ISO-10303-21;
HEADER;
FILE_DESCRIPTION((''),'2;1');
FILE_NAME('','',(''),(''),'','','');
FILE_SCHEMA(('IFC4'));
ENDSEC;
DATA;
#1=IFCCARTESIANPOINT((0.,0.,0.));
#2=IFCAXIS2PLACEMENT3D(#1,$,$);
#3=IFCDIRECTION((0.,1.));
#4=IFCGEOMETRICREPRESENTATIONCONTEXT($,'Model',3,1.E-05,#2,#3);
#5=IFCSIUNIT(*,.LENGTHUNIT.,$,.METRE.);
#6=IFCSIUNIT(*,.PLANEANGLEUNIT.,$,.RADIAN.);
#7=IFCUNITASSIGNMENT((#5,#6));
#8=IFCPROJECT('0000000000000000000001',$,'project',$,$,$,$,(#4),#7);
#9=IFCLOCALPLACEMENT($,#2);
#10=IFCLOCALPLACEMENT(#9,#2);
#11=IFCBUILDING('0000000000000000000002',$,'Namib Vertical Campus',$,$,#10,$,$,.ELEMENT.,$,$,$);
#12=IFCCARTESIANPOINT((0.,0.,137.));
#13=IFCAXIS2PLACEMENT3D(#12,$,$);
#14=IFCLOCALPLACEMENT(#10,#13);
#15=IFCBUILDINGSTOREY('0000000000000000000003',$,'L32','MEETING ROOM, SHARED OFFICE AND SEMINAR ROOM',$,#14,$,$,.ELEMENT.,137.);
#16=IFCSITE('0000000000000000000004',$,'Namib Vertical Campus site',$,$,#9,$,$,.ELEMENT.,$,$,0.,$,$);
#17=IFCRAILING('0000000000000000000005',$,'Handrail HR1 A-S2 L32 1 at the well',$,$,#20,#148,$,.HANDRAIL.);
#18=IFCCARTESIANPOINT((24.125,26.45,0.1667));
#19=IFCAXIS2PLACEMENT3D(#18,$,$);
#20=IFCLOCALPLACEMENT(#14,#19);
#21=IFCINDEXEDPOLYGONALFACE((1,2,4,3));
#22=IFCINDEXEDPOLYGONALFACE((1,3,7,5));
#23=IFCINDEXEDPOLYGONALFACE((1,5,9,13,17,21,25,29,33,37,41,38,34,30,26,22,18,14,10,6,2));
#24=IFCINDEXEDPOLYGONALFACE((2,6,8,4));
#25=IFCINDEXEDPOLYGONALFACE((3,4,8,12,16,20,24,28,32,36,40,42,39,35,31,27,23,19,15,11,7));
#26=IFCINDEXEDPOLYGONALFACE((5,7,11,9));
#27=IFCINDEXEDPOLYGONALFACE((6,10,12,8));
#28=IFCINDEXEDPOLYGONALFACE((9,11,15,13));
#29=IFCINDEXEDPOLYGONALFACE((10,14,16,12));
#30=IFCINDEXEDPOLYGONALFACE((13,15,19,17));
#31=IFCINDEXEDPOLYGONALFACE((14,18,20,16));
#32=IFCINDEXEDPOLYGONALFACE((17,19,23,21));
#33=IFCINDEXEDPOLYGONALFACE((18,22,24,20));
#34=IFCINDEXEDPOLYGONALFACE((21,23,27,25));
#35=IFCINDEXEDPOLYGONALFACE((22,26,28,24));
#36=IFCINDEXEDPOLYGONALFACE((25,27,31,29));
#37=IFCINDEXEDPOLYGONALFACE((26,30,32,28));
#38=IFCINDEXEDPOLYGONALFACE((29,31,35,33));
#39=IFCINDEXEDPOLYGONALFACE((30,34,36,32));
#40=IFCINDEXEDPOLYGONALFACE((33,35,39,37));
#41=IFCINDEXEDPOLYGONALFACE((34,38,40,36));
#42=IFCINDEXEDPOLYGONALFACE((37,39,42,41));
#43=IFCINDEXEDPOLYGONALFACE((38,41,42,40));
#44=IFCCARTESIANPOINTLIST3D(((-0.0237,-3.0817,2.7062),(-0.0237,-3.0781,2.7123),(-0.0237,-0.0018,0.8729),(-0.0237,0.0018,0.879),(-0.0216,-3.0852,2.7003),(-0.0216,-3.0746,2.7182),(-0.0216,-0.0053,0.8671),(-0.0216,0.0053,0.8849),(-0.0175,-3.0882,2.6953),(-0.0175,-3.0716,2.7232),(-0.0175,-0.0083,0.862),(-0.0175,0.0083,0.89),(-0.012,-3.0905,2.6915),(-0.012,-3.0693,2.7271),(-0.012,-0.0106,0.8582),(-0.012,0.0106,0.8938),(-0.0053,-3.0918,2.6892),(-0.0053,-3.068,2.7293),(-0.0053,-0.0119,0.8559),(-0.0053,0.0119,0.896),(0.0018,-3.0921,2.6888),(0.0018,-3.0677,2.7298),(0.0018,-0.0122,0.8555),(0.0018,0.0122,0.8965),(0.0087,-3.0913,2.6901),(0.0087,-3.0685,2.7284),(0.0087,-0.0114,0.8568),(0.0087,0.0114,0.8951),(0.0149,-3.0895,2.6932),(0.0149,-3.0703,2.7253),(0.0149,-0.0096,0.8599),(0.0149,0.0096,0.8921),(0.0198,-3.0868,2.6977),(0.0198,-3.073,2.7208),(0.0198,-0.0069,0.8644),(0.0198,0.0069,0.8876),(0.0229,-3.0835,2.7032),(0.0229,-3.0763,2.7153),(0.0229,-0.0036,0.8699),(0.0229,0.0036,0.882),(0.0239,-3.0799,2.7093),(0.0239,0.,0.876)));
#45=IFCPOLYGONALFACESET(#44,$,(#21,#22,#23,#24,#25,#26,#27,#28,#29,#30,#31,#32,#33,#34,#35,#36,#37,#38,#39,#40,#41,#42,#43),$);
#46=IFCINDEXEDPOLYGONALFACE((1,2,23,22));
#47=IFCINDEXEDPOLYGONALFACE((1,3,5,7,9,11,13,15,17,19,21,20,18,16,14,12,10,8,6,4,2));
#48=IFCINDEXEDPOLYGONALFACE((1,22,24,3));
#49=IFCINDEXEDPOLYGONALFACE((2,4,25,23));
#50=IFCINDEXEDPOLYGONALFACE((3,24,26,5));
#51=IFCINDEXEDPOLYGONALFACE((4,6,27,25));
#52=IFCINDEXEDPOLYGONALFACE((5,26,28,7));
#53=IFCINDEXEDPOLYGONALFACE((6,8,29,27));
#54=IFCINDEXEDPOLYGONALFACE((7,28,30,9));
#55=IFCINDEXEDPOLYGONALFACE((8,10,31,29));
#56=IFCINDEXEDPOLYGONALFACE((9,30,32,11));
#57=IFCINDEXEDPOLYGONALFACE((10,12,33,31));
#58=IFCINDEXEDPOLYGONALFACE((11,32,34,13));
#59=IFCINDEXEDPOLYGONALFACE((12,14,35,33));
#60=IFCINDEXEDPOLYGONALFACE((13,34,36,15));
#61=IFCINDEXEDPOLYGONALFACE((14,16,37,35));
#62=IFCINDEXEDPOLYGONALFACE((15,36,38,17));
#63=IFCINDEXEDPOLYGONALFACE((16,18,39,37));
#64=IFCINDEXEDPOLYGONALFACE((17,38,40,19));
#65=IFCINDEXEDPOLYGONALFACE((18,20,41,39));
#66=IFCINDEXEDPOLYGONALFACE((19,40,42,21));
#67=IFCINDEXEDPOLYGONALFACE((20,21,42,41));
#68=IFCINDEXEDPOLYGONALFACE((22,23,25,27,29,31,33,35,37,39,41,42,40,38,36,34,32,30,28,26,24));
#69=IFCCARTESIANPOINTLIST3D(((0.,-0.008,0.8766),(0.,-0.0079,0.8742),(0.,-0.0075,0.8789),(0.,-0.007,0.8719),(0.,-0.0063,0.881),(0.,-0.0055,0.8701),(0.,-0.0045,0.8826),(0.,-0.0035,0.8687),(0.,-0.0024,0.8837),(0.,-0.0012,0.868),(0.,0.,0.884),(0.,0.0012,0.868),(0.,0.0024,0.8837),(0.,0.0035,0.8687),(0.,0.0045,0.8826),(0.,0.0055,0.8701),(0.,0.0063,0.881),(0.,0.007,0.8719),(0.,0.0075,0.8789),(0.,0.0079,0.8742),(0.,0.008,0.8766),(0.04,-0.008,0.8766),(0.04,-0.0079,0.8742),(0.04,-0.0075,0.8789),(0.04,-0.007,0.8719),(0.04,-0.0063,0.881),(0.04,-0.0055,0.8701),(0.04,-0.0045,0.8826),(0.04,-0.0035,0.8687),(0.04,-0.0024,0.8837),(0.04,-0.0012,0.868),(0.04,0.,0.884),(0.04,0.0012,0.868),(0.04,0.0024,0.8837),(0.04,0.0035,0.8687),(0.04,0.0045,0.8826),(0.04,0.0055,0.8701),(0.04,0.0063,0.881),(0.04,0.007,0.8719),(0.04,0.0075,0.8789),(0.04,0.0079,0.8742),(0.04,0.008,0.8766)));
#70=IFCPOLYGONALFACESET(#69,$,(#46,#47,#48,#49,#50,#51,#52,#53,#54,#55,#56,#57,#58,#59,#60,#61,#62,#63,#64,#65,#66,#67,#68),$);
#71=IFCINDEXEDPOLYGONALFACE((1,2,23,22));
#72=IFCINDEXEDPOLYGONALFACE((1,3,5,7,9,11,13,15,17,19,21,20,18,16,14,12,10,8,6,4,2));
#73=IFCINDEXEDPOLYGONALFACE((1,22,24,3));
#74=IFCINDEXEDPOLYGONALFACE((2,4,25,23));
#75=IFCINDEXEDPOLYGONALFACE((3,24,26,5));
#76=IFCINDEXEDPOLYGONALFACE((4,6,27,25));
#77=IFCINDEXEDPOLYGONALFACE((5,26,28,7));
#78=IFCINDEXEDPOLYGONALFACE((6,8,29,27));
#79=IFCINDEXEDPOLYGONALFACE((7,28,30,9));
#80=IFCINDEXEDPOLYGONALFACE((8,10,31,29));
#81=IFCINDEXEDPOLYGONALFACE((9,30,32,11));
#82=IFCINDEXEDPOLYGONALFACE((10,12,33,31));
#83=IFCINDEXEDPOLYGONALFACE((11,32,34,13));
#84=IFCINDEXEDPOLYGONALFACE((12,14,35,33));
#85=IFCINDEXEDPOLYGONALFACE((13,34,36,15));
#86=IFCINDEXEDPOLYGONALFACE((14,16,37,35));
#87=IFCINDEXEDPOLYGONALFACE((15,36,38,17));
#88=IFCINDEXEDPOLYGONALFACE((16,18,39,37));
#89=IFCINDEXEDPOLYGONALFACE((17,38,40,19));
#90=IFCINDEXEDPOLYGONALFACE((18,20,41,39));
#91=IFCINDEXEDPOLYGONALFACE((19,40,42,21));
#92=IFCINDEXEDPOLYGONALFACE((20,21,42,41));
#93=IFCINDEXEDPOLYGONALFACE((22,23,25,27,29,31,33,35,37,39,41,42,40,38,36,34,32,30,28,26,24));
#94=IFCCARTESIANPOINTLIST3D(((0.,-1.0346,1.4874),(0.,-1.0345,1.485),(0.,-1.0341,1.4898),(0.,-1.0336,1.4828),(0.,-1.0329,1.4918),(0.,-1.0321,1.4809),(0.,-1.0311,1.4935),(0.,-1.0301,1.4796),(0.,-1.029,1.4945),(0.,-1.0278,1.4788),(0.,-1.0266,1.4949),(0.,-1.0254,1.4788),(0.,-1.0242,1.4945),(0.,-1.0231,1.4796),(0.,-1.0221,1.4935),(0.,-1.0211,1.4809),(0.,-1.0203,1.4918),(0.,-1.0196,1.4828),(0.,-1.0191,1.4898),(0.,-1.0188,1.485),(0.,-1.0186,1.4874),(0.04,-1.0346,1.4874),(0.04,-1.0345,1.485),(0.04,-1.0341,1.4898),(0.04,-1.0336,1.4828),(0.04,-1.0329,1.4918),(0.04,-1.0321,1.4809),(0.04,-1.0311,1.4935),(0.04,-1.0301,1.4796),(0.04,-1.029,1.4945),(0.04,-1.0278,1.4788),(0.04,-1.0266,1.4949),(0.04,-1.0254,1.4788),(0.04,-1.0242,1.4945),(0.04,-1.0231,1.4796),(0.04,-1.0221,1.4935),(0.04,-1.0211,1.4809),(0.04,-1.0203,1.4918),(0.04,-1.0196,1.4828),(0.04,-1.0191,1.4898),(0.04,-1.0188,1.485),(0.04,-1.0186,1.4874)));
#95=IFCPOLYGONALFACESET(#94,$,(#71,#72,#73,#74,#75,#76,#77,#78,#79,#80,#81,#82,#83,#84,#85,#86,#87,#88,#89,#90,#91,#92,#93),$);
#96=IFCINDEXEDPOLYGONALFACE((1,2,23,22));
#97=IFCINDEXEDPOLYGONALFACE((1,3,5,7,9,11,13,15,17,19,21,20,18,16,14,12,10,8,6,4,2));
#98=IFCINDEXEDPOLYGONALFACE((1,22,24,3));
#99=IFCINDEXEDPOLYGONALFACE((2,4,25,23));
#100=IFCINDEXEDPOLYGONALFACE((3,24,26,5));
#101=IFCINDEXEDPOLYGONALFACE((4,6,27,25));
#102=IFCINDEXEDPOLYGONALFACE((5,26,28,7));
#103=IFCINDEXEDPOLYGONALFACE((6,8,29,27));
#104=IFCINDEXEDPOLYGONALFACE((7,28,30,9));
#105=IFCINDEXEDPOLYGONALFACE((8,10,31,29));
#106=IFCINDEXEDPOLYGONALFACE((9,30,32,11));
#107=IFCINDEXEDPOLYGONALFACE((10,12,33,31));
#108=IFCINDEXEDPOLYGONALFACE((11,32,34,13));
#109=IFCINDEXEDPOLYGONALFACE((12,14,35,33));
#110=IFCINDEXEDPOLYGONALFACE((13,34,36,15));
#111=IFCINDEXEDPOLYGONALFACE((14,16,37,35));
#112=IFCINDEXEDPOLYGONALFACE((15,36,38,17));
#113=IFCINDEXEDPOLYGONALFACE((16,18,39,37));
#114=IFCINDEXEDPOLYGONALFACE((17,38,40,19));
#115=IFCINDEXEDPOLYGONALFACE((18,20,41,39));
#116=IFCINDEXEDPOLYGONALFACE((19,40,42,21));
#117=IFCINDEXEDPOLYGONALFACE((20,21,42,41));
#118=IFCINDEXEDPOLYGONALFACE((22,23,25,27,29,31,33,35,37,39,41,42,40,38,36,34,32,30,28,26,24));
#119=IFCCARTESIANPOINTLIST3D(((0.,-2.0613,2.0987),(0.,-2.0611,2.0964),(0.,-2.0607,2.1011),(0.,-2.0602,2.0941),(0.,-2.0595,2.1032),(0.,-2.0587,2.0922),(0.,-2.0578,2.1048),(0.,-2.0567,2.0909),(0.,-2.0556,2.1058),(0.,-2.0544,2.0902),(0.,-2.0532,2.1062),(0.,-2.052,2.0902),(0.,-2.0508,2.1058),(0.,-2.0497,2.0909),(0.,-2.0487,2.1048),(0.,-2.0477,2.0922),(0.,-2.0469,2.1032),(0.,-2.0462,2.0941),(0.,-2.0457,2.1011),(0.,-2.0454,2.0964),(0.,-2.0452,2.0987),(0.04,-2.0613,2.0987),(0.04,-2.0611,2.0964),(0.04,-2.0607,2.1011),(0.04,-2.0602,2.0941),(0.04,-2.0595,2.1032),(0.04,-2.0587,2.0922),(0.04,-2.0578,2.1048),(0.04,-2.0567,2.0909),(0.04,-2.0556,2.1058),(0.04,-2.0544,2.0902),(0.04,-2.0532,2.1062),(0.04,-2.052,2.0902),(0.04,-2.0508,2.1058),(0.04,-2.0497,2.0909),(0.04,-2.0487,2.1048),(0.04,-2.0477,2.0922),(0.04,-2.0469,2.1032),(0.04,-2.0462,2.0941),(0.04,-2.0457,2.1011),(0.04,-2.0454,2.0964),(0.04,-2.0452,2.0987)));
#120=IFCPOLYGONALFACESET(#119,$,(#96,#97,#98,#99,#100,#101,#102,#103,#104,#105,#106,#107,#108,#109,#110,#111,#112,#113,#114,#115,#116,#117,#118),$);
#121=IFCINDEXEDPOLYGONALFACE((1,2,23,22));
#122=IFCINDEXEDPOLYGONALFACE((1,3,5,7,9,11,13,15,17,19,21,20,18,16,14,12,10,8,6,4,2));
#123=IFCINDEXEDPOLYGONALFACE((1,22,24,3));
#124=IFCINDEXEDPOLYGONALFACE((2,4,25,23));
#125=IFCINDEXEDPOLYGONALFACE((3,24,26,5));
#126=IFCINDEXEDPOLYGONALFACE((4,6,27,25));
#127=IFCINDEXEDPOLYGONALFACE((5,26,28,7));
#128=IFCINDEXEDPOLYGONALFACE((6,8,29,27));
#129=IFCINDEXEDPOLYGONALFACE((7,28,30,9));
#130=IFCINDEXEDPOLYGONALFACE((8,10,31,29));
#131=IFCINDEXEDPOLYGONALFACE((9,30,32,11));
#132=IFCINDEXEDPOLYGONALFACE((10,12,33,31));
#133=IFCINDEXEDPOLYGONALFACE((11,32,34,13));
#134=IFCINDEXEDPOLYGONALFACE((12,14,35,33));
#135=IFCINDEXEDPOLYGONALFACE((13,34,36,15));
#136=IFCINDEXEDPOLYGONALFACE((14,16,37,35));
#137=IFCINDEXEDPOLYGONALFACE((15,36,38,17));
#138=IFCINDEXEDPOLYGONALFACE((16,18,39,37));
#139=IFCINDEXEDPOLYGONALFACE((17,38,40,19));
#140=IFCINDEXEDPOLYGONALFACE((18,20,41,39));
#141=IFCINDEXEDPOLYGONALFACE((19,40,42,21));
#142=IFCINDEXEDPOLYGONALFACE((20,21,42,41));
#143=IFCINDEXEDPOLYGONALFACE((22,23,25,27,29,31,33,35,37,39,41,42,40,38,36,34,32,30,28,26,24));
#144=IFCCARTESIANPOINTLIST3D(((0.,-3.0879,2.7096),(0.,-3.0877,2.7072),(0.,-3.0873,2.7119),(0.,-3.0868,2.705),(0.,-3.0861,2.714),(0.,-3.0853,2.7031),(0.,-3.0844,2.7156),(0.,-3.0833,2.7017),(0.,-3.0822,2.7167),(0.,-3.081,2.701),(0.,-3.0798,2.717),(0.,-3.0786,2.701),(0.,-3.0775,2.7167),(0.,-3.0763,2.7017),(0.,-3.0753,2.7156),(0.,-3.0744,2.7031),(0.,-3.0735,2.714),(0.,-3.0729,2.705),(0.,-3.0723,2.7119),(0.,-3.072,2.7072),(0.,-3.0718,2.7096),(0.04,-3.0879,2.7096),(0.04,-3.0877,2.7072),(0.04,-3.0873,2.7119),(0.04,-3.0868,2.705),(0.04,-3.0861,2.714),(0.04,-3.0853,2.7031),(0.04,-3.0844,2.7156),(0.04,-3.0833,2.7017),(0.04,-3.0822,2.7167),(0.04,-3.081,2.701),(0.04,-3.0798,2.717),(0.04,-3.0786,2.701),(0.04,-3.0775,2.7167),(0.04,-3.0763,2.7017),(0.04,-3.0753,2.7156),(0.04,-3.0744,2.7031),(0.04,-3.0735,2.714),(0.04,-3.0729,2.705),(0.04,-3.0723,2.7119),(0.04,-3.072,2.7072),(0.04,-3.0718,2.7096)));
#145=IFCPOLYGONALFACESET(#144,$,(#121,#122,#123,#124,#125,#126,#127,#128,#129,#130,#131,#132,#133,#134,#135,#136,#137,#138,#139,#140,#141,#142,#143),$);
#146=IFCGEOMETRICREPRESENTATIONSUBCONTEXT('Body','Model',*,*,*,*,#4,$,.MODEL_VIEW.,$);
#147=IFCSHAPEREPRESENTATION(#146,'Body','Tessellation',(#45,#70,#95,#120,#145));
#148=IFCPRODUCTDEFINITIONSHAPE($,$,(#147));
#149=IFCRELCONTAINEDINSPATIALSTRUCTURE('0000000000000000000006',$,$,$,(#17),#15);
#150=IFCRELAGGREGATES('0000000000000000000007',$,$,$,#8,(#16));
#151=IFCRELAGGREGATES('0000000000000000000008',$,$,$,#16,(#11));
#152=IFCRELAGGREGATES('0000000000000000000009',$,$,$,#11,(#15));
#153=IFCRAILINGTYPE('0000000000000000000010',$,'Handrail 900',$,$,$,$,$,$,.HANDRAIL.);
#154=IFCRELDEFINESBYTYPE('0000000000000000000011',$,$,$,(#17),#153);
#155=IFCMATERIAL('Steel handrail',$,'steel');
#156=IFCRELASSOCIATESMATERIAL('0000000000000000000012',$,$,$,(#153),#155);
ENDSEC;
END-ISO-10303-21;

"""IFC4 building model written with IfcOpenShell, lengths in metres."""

from ifc_helpers import new_model, si_unit, direction, frame, origin, origin_2d, place, context, subcontext, project, spatial, circle, extrude, material, type_object, element, save


model = new_model("IFC4")

# Units and contexts
model_context = context("Model", 3, precision=1e-05, world=origin(), true_north=direction((0.0, 1.0)))
body_context = subcontext(model_context, "Body", "Model", "MODEL_VIEW")
ifc_project = project(units=[si_unit("LENGTHUNIT", "METRE"), si_unit("PLANEANGLEUNIT", "RADIAN")], contexts=[model_context])

# Site, building, storey
site_placement = place(None, origin())
site = spatial("IfcSite", under=ifc_project, at=site_placement, Name="Namib Vertical Campus site", CompositionType="ELEMENT", RefElevation=0.0)
building_placement = place(site_placement, origin())
building = spatial("IfcBuilding", under=site, at=building_placement, Name="Namib Vertical Campus", CompositionType="ELEMENT")
storey_placement = place(building_placement, frame((0.0, 0.0, 137.0)))
storey = spatial("IfcBuildingStorey", under=building, at=storey_placement, Name="L32", Description="MEETING ROOM, SHARED OFFICE AND SEMINAR ROOM", CompositionType="ELEMENT", Elevation=137.0)

# Railing
ifc_material_1 = material(Name="Steel handrail", Category="steel")
railing_type_1 = type_object("IfcRailingType", Name="Handrail 900", PredefinedType="HANDRAIL", material=ifc_material_1)
railing_1_placement = place(storey_placement, frame((24.125, 26.45, 0.1667)))
element("IfcRailing", 1, at=railing_1_placement, inside=storey, type_object=railing_type_1, Name="Handrail HR1 A-S2 L32 1 at the well", PredefinedType="HANDRAIL", context=body_context, shape_type="SweptSolid", body=[
    extrude(circle(Radius=0.0239, at=origin_2d()), frame((0.0, 0.0, 0.876), z_axis=(0.0, -0.859291, 0.511487), x_axis=(1.0, 0.0, 0.0)), (0.0, 0.0, 1.0), 3.5842),
    extrude(circle(Radius=0.0081, at=origin_2d()), frame((0.0, 0.0, 0.876), z_axis=(1.0, 0.0, 0.0), x_axis=(0.0, 0.0, 1.0)), (0.0, 0.0, 1.0), 0.04),
    extrude(circle(Radius=0.0081, at=origin_2d()), frame((0.0, -1.0266, 1.4868), z_axis=(1.0, 0.0, 0.0), x_axis=(0.0, 0.0, 1.0)), (0.0, 0.0, 1.0), 0.04),
    extrude(circle(Radius=0.0081, at=origin_2d()), frame((0.0, -2.0532, 2.0981), z_axis=(1.0, 0.0, 0.0), x_axis=(0.0, 0.0, 1.0)), (0.0, 0.0, 1.0), 0.04),
    extrude(circle(Radius=0.0081, at=origin_2d()), frame((0.0, -3.0798, 2.709), z_axis=(1.0, 0.0, 0.0), x_axis=(0.0, 0.0, 1.0)), (0.0, 0.0, 1.0), 0.04),
])

save(model, "model.ifc")
